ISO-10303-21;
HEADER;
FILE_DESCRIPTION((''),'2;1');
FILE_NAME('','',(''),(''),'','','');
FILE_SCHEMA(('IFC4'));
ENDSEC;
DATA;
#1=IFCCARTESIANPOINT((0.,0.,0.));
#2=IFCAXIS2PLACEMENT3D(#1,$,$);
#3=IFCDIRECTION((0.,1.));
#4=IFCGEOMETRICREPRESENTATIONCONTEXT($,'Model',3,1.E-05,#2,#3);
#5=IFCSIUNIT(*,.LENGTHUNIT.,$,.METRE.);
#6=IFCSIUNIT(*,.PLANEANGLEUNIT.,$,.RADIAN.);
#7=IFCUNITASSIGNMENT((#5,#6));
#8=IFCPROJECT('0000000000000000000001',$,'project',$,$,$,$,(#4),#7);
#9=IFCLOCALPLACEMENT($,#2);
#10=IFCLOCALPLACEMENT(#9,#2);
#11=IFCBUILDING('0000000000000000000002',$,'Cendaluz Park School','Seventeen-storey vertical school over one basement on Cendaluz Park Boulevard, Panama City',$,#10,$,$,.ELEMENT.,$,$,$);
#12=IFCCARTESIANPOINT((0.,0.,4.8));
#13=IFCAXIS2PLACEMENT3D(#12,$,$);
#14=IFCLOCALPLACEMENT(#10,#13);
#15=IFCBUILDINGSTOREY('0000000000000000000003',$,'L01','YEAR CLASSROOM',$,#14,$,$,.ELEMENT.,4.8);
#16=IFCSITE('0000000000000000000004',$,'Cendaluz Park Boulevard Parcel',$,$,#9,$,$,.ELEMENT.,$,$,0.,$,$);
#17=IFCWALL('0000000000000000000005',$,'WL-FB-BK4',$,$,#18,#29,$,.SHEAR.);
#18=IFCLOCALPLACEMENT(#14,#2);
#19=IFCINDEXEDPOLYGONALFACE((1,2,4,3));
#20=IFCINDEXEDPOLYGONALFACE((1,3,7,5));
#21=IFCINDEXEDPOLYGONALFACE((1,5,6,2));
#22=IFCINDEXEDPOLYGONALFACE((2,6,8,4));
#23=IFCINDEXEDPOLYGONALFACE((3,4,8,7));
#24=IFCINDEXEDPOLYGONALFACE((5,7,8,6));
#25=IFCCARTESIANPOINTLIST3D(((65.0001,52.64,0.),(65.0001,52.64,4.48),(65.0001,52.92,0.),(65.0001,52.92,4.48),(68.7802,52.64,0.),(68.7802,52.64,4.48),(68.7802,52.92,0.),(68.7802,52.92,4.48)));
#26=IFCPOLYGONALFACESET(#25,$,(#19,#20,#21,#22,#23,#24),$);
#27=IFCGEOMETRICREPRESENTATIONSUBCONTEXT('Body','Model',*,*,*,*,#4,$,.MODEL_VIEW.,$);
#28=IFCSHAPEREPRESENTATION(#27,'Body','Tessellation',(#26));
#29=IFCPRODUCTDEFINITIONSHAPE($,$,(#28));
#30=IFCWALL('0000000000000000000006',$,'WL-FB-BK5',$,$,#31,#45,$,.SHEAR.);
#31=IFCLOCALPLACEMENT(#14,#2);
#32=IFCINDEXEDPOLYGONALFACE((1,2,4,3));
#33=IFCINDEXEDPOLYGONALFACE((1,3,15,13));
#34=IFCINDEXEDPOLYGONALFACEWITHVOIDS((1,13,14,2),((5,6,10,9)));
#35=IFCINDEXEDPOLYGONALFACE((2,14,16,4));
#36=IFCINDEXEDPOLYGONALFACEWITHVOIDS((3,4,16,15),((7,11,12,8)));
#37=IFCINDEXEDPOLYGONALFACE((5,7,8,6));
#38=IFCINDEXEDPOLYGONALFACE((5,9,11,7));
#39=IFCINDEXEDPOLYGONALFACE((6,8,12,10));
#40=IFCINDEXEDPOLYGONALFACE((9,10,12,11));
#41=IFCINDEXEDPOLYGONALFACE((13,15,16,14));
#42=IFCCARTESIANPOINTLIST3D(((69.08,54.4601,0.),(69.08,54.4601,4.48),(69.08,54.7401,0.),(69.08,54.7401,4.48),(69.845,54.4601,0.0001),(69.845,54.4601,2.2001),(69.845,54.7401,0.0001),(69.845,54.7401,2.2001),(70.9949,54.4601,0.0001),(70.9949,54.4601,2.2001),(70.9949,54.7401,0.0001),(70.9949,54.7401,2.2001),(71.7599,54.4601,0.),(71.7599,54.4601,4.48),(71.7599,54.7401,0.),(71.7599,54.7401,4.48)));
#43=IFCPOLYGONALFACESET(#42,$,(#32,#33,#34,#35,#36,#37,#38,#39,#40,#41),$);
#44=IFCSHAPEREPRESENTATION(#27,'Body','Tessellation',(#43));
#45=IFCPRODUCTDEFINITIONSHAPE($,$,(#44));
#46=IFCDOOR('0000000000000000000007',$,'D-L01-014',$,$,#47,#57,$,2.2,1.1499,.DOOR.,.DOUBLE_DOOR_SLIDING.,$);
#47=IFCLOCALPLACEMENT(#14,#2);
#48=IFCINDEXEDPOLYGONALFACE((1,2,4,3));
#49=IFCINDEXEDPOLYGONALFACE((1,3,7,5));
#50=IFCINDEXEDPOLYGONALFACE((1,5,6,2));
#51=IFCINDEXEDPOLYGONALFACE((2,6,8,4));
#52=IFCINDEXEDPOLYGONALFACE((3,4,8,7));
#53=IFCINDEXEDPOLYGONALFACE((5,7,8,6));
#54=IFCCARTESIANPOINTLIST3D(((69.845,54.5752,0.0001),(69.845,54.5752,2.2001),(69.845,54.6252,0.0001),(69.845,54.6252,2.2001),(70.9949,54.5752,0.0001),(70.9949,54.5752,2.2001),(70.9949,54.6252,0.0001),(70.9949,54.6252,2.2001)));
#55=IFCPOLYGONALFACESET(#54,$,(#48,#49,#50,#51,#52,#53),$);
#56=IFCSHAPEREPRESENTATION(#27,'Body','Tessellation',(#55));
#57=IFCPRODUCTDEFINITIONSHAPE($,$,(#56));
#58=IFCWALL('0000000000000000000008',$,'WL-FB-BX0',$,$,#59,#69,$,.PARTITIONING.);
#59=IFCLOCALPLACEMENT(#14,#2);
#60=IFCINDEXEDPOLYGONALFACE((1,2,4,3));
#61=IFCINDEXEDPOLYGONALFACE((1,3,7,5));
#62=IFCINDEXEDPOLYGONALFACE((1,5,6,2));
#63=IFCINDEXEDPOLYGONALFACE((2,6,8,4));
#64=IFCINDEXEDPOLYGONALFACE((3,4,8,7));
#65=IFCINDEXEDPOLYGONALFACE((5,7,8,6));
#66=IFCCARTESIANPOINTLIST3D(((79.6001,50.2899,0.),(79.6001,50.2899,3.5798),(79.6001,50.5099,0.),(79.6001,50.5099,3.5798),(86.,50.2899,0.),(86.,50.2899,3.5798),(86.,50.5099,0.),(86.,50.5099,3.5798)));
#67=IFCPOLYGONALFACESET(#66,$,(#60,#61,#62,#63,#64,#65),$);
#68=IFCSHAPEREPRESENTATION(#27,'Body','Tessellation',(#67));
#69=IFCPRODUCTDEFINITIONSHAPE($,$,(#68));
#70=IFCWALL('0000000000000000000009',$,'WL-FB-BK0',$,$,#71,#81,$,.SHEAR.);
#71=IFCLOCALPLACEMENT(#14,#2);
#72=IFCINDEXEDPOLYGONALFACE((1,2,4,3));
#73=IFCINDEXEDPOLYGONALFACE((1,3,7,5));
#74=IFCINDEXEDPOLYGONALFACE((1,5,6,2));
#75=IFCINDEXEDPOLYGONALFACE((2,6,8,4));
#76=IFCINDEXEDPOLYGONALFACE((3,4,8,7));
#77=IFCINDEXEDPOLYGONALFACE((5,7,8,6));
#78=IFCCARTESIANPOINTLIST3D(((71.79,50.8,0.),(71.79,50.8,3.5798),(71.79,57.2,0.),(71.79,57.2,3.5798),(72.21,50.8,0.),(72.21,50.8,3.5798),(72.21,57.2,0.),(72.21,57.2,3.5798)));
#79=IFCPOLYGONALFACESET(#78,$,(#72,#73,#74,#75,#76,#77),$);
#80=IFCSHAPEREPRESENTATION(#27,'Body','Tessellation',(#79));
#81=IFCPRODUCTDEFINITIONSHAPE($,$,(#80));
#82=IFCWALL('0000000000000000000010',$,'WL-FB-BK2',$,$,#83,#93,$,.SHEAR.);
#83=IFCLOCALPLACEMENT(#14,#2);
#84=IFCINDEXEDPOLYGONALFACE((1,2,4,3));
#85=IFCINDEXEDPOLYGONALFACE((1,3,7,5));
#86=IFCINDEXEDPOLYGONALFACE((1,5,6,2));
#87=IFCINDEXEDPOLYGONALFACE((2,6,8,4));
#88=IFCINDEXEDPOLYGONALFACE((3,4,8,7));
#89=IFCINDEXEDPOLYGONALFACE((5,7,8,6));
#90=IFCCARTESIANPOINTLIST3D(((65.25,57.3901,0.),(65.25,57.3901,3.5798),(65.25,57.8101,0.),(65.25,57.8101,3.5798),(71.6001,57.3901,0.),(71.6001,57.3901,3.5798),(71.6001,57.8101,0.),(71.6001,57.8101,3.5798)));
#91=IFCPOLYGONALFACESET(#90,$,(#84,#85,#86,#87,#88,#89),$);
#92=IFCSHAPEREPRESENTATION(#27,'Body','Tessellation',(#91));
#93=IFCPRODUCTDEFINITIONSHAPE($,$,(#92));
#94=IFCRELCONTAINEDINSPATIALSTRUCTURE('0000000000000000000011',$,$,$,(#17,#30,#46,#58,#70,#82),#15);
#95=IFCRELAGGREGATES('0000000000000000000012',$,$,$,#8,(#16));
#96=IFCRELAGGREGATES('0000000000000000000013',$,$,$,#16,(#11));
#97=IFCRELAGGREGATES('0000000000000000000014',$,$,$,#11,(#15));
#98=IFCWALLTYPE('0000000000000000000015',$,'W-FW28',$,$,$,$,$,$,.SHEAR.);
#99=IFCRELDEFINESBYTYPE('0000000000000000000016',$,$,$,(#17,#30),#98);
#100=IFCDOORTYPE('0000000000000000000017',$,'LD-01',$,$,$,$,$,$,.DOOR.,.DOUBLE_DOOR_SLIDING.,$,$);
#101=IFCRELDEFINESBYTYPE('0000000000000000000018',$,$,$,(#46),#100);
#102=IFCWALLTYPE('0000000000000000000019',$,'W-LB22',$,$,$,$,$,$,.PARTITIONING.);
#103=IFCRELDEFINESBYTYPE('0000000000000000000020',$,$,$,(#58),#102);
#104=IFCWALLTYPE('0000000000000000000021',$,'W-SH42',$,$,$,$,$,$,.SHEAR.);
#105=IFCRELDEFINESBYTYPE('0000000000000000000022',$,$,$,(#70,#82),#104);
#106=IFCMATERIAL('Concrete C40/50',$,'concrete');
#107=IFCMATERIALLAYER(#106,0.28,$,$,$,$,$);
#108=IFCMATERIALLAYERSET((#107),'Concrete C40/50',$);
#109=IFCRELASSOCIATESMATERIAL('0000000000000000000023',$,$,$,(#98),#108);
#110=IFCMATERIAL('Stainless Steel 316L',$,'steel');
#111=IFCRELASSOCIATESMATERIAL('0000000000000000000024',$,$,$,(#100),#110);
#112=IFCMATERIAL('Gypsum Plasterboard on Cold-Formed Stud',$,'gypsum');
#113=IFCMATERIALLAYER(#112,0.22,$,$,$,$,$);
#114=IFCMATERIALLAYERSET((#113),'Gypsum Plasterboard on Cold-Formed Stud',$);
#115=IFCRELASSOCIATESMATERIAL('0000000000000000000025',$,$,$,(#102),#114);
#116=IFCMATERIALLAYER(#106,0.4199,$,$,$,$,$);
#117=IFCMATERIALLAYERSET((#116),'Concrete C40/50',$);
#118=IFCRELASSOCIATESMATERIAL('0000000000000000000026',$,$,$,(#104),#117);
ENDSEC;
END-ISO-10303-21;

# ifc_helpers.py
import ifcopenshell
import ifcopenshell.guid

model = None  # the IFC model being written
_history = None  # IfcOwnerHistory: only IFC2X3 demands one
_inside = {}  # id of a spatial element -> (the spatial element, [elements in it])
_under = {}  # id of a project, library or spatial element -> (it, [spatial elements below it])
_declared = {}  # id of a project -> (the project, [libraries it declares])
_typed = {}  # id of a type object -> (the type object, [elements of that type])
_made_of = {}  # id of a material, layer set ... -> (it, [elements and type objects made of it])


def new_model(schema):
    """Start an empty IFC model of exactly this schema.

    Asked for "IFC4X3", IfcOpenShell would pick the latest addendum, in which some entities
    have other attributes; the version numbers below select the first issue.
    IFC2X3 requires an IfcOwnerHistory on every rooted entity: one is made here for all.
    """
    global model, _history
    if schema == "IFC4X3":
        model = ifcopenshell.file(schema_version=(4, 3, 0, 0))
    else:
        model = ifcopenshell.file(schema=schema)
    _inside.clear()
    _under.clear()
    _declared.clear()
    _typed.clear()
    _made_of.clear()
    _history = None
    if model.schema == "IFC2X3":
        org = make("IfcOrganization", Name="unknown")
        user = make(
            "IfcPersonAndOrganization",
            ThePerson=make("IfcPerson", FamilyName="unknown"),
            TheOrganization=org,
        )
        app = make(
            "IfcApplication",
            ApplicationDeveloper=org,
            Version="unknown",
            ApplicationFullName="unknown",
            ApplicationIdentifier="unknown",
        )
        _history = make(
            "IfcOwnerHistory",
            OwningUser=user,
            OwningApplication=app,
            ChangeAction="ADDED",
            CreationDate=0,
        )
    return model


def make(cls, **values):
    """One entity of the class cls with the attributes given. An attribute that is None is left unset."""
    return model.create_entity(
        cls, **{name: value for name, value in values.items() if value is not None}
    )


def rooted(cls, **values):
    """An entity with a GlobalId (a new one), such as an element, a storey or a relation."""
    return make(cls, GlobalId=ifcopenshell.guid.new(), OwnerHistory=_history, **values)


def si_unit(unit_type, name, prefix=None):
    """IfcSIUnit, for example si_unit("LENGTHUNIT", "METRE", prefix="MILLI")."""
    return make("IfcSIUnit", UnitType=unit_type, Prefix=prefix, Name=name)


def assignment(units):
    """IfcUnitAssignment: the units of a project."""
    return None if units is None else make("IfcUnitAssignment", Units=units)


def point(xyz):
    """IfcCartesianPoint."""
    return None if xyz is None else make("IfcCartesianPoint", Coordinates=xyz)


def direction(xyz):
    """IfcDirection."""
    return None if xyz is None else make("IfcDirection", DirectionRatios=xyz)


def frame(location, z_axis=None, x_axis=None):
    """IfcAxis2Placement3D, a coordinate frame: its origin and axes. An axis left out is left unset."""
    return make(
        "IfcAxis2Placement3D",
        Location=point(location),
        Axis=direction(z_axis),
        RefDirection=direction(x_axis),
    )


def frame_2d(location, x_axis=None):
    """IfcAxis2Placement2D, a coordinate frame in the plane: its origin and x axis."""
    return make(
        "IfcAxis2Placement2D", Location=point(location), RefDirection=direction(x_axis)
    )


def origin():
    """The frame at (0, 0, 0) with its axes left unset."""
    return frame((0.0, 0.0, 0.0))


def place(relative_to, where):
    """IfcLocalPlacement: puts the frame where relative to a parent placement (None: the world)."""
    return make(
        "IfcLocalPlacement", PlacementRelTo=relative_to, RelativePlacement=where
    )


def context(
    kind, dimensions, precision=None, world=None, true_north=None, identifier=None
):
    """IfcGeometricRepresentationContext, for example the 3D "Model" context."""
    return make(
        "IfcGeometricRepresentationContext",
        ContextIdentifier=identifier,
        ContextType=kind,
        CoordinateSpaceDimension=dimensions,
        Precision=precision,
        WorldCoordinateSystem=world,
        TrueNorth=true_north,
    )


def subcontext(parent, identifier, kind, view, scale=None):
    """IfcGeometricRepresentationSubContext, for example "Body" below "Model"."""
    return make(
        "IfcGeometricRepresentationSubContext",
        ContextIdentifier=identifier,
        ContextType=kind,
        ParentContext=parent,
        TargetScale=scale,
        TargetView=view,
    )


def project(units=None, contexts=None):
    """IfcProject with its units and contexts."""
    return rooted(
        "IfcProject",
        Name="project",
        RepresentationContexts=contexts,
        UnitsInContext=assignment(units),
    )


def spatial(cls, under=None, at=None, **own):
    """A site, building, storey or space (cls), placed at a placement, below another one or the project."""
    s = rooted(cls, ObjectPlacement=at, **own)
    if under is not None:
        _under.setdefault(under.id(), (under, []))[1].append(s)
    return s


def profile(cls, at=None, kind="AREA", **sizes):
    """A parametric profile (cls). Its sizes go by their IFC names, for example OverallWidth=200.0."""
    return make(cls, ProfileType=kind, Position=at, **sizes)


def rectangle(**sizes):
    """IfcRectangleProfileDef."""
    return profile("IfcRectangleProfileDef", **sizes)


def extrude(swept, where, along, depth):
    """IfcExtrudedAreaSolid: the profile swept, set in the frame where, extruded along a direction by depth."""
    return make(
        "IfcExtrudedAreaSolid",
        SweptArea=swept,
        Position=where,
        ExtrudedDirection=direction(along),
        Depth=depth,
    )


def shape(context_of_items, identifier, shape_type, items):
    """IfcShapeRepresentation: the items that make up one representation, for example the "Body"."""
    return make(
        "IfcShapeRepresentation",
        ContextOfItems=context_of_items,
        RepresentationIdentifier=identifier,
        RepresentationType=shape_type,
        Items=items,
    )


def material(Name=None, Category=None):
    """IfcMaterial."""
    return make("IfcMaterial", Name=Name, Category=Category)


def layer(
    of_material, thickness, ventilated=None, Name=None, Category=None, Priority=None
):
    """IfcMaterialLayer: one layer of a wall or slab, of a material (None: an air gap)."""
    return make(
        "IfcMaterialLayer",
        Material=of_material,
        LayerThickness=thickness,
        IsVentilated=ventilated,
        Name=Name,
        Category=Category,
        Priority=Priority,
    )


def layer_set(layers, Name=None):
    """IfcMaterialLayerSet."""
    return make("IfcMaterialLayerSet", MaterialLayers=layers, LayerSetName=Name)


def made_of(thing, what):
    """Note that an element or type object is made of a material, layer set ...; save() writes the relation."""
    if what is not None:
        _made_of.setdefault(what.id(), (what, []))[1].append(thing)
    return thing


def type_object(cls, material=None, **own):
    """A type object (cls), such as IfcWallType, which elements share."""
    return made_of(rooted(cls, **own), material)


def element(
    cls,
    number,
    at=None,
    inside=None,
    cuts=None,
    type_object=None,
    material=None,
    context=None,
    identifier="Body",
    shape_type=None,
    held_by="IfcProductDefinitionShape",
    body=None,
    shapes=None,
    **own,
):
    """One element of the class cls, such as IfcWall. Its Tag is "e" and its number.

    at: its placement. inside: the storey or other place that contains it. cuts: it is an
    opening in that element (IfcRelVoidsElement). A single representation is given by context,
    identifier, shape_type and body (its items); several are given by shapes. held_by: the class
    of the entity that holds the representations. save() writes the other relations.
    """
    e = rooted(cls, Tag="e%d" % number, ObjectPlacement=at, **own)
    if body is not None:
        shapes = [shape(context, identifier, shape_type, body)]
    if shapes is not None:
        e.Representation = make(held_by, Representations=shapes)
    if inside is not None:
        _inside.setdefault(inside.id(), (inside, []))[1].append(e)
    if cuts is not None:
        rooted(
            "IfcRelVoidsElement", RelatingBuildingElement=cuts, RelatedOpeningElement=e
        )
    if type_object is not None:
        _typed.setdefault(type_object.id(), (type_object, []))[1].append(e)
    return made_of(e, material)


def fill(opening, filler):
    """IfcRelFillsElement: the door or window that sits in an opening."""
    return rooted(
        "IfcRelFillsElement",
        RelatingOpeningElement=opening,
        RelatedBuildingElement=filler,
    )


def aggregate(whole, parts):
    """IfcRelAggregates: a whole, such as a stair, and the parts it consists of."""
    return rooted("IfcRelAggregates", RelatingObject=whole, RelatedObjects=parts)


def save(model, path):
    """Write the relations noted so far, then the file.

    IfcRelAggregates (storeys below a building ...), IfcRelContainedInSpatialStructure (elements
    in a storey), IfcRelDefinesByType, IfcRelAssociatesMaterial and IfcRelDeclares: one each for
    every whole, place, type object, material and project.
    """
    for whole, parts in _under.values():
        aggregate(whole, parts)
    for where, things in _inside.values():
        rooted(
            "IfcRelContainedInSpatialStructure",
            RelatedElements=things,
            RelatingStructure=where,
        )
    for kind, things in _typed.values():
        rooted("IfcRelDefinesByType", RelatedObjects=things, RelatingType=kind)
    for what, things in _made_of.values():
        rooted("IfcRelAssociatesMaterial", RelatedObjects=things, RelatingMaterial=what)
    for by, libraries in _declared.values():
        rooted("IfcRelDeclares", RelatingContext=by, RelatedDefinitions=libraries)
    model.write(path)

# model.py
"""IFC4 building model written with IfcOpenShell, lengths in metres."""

from ifc_helpers import new_model, si_unit, direction, frame, frame_2d, origin, place, context, subcontext, project, spatial, rectangle, extrude, material, layer, layer_set, type_object, element, fill, save


model = new_model("IFC4")

# Units and contexts
model_context = context("Model", 3, precision=1e-05, world=origin(), true_north=direction((0.0, 1.0)))
body_context = subcontext(model_context, "Body", "Model", "MODEL_VIEW")
ifc_project = project(units=[si_unit("LENGTHUNIT", "METRE"), si_unit("PLANEANGLEUNIT", "RADIAN")], contexts=[model_context])

# Site, building, storey
site_placement = place(None, origin())
site = spatial("IfcSite", under=ifc_project, at=site_placement, Name="Cendaluz Park Boulevard Parcel", CompositionType="ELEMENT", RefElevation=0.0)
building_placement = place(site_placement, origin())
building = spatial("IfcBuilding", under=site, at=building_placement, Name="Cendaluz Park School", Description="Seventeen-storey vertical school over one basement on Cendaluz Park Boulevard, Panama City", CompositionType="ELEMENT")
storey_placement = place(building_placement, frame((0.0, 0.0, 4.8)))
storey = spatial("IfcBuildingStorey", under=building, at=storey_placement, Name="L01", Description="YEAR CLASSROOM", CompositionType="ELEMENT", Elevation=4.8)

# Shared definitions
ifc_material_1 = material(Name="Concrete C40/50", Category="concrete")

# Shared definitions
ifc_material_2 = material(Name="Gypsum Plasterboard on Cold-Formed Stud", Category="gypsum")

# Wall
ifc_layer_1 = layer(ifc_material_1, 0.28)
ifc_layer_set_1 = layer_set([ifc_layer_1], Name="Concrete C40/50")
wall_type_1 = type_object("IfcWallType", Name="W-FW28", PredefinedType="SHEAR", material=ifc_layer_set_1)
wall_1_placement = place(storey_placement, frame((65.0, 52.78, 0.0), z_axis=(0.0, 0.0, 1.0), x_axis=(1.0, 0.0, 0.0)))
element("IfcWall", 1, at=wall_1_placement, inside=storey, type_object=wall_type_1, Name="WL-FB-BK4", PredefinedType="SHEAR", context=body_context, shape_type="SweptSolid", body=[
    extrude(rectangle(XDim=3.78, YDim=0.28, at=frame_2d((1.8901, 0.0))), origin(), (0.0, 0.0, 1.0), 4.48),
])

# Wall, opening, door
wall_2_placement = place(storey_placement, frame((69.0801, 54.6001, 0.0), z_axis=(0.0, 0.0, 1.0), x_axis=(1.0, 0.0, 0.0)))
wall_2 = element("IfcWall", 2, at=wall_2_placement, inside=storey, type_object=wall_type_1, Name="WL-FB-BK5", PredefinedType="SHEAR", context=body_context, shape_type="SweptSolid", body=[
    extrude(rectangle(XDim=2.6799, YDim=0.28, at=frame_2d((1.3398, 0.0))), origin(), (0.0, 0.0, 1.0), 4.48),
])
opening_1_placement = place(wall_2_placement, frame((0.7649, 0.0, 0.0)))
opening_1 = element("IfcOpeningElement", 3, at=opening_1_placement, cuts=wall_2, PredefinedType="OPENING", context=body_context, shape_type="SweptSolid", body=[
    extrude(rectangle(XDim=1.1499, YDim=2.2, at=frame_2d((0.575, 1.1001))), frame((0.0, 0.1521, 0.0), z_axis=(0.0, -1.0, 0.0), x_axis=(1.0, 0.0, 0.0)), (0.0, 0.0, 1.0), 0.304),
])
ifc_material_3 = material(Name="Stainless Steel 316L", Category="steel")
door_type_1 = type_object("IfcDoorType", Name="LD-01", OperationType="DOUBLE_DOOR_SLIDING", PredefinedType="DOOR", material=ifc_material_3)
door_1_placement = place(opening_1_placement, frame((1.1499, 0.0, 0.0), z_axis=(0.0, 0.0, 1.0), x_axis=(-1.0, 0.0, 0.0)))
door_1 = element("IfcDoor", 4, at=door_1_placement, inside=storey, type_object=door_type_1, Name="D-L01-014", OperationType="DOUBLE_DOOR_SLIDING", OverallHeight=2.2, OverallWidth=1.1499, PredefinedType="DOOR", context=body_context, shape_type="SweptSolid", body=[
    extrude(rectangle(XDim=1.1499, YDim=2.2, at=frame_2d((0.575, 1.1001))), frame((0.0, 0.0249, 0.0), z_axis=(0.0, -1.0, 0.0), x_axis=(1.0, 0.0, 0.0)), (0.0, 0.0, 1.0), 0.05),
])
fill(opening_1, door_1)

# Walls
ifc_layer_2 = layer(ifc_material_2, 0.22)
ifc_layer_set_2 = layer_set([ifc_layer_2], Name="Gypsum Plasterboard on Cold-Formed Stud")
wall_type_2 = type_object("IfcWallType", Name="W-LB22", PredefinedType="PARTITIONING", material=ifc_layer_set_2)
wall_3_placement = place(storey_placement, frame((79.6001, 50.3999, 0.0), z_axis=(0.0, 0.0, 1.0), x_axis=(1.0, 0.0, 0.0)))
element("IfcWall", 5, at=wall_3_placement, inside=storey, type_object=wall_type_2, Name="WL-FB-BX0", PredefinedType="PARTITIONING", context=body_context, shape_type="SweptSolid", body=[
    extrude(rectangle(XDim=6.3999, YDim=0.22, at=frame_2d((3.2, 0.0))), origin(), (0.0, 0.0, 1.0), 3.5798),
])
ifc_layer_3 = layer(ifc_material_1, 0.4199)
ifc_layer_set_3 = layer_set([ifc_layer_3], Name="Concrete C40/50")
wall_type_3 = type_object("IfcWallType", Name="W-SH42", PredefinedType="SHEAR", material=ifc_layer_set_3)
wall_4_placement = place(storey_placement, frame((72.0, 50.8, 0.0), z_axis=(0.0, 0.0, 1.0), x_axis=(0.0, 1.0, 0.0)))
element("IfcWall", 6, at=wall_4_placement, inside=storey, type_object=wall_type_3, Name="WL-FB-BK0", PredefinedType="SHEAR", context=body_context, shape_type="SweptSolid", body=[
    extrude(rectangle(XDim=6.3999, YDim=0.4199, at=frame_2d((3.2, 0.0))), origin(), (0.0, 0.0, 1.0), 3.5798),
])
wall_5_placement = place(storey_placement, frame((65.25, 57.6001, 0.0), z_axis=(0.0, 0.0, 1.0), x_axis=(1.0, 0.0, 0.0)))
element("IfcWall", 7, at=wall_5_placement, inside=storey, type_object=wall_type_3, Name="WL-FB-BK2", PredefinedType="SHEAR", context=body_context, shape_type="SweptSolid", body=[
    extrude(rectangle(XDim=6.3501, YDim=0.4199, at=frame_2d((3.175, 0.0))), origin(), (0.0, 0.0, 1.0), 3.5798),
])

save(model, "model.ifc")
